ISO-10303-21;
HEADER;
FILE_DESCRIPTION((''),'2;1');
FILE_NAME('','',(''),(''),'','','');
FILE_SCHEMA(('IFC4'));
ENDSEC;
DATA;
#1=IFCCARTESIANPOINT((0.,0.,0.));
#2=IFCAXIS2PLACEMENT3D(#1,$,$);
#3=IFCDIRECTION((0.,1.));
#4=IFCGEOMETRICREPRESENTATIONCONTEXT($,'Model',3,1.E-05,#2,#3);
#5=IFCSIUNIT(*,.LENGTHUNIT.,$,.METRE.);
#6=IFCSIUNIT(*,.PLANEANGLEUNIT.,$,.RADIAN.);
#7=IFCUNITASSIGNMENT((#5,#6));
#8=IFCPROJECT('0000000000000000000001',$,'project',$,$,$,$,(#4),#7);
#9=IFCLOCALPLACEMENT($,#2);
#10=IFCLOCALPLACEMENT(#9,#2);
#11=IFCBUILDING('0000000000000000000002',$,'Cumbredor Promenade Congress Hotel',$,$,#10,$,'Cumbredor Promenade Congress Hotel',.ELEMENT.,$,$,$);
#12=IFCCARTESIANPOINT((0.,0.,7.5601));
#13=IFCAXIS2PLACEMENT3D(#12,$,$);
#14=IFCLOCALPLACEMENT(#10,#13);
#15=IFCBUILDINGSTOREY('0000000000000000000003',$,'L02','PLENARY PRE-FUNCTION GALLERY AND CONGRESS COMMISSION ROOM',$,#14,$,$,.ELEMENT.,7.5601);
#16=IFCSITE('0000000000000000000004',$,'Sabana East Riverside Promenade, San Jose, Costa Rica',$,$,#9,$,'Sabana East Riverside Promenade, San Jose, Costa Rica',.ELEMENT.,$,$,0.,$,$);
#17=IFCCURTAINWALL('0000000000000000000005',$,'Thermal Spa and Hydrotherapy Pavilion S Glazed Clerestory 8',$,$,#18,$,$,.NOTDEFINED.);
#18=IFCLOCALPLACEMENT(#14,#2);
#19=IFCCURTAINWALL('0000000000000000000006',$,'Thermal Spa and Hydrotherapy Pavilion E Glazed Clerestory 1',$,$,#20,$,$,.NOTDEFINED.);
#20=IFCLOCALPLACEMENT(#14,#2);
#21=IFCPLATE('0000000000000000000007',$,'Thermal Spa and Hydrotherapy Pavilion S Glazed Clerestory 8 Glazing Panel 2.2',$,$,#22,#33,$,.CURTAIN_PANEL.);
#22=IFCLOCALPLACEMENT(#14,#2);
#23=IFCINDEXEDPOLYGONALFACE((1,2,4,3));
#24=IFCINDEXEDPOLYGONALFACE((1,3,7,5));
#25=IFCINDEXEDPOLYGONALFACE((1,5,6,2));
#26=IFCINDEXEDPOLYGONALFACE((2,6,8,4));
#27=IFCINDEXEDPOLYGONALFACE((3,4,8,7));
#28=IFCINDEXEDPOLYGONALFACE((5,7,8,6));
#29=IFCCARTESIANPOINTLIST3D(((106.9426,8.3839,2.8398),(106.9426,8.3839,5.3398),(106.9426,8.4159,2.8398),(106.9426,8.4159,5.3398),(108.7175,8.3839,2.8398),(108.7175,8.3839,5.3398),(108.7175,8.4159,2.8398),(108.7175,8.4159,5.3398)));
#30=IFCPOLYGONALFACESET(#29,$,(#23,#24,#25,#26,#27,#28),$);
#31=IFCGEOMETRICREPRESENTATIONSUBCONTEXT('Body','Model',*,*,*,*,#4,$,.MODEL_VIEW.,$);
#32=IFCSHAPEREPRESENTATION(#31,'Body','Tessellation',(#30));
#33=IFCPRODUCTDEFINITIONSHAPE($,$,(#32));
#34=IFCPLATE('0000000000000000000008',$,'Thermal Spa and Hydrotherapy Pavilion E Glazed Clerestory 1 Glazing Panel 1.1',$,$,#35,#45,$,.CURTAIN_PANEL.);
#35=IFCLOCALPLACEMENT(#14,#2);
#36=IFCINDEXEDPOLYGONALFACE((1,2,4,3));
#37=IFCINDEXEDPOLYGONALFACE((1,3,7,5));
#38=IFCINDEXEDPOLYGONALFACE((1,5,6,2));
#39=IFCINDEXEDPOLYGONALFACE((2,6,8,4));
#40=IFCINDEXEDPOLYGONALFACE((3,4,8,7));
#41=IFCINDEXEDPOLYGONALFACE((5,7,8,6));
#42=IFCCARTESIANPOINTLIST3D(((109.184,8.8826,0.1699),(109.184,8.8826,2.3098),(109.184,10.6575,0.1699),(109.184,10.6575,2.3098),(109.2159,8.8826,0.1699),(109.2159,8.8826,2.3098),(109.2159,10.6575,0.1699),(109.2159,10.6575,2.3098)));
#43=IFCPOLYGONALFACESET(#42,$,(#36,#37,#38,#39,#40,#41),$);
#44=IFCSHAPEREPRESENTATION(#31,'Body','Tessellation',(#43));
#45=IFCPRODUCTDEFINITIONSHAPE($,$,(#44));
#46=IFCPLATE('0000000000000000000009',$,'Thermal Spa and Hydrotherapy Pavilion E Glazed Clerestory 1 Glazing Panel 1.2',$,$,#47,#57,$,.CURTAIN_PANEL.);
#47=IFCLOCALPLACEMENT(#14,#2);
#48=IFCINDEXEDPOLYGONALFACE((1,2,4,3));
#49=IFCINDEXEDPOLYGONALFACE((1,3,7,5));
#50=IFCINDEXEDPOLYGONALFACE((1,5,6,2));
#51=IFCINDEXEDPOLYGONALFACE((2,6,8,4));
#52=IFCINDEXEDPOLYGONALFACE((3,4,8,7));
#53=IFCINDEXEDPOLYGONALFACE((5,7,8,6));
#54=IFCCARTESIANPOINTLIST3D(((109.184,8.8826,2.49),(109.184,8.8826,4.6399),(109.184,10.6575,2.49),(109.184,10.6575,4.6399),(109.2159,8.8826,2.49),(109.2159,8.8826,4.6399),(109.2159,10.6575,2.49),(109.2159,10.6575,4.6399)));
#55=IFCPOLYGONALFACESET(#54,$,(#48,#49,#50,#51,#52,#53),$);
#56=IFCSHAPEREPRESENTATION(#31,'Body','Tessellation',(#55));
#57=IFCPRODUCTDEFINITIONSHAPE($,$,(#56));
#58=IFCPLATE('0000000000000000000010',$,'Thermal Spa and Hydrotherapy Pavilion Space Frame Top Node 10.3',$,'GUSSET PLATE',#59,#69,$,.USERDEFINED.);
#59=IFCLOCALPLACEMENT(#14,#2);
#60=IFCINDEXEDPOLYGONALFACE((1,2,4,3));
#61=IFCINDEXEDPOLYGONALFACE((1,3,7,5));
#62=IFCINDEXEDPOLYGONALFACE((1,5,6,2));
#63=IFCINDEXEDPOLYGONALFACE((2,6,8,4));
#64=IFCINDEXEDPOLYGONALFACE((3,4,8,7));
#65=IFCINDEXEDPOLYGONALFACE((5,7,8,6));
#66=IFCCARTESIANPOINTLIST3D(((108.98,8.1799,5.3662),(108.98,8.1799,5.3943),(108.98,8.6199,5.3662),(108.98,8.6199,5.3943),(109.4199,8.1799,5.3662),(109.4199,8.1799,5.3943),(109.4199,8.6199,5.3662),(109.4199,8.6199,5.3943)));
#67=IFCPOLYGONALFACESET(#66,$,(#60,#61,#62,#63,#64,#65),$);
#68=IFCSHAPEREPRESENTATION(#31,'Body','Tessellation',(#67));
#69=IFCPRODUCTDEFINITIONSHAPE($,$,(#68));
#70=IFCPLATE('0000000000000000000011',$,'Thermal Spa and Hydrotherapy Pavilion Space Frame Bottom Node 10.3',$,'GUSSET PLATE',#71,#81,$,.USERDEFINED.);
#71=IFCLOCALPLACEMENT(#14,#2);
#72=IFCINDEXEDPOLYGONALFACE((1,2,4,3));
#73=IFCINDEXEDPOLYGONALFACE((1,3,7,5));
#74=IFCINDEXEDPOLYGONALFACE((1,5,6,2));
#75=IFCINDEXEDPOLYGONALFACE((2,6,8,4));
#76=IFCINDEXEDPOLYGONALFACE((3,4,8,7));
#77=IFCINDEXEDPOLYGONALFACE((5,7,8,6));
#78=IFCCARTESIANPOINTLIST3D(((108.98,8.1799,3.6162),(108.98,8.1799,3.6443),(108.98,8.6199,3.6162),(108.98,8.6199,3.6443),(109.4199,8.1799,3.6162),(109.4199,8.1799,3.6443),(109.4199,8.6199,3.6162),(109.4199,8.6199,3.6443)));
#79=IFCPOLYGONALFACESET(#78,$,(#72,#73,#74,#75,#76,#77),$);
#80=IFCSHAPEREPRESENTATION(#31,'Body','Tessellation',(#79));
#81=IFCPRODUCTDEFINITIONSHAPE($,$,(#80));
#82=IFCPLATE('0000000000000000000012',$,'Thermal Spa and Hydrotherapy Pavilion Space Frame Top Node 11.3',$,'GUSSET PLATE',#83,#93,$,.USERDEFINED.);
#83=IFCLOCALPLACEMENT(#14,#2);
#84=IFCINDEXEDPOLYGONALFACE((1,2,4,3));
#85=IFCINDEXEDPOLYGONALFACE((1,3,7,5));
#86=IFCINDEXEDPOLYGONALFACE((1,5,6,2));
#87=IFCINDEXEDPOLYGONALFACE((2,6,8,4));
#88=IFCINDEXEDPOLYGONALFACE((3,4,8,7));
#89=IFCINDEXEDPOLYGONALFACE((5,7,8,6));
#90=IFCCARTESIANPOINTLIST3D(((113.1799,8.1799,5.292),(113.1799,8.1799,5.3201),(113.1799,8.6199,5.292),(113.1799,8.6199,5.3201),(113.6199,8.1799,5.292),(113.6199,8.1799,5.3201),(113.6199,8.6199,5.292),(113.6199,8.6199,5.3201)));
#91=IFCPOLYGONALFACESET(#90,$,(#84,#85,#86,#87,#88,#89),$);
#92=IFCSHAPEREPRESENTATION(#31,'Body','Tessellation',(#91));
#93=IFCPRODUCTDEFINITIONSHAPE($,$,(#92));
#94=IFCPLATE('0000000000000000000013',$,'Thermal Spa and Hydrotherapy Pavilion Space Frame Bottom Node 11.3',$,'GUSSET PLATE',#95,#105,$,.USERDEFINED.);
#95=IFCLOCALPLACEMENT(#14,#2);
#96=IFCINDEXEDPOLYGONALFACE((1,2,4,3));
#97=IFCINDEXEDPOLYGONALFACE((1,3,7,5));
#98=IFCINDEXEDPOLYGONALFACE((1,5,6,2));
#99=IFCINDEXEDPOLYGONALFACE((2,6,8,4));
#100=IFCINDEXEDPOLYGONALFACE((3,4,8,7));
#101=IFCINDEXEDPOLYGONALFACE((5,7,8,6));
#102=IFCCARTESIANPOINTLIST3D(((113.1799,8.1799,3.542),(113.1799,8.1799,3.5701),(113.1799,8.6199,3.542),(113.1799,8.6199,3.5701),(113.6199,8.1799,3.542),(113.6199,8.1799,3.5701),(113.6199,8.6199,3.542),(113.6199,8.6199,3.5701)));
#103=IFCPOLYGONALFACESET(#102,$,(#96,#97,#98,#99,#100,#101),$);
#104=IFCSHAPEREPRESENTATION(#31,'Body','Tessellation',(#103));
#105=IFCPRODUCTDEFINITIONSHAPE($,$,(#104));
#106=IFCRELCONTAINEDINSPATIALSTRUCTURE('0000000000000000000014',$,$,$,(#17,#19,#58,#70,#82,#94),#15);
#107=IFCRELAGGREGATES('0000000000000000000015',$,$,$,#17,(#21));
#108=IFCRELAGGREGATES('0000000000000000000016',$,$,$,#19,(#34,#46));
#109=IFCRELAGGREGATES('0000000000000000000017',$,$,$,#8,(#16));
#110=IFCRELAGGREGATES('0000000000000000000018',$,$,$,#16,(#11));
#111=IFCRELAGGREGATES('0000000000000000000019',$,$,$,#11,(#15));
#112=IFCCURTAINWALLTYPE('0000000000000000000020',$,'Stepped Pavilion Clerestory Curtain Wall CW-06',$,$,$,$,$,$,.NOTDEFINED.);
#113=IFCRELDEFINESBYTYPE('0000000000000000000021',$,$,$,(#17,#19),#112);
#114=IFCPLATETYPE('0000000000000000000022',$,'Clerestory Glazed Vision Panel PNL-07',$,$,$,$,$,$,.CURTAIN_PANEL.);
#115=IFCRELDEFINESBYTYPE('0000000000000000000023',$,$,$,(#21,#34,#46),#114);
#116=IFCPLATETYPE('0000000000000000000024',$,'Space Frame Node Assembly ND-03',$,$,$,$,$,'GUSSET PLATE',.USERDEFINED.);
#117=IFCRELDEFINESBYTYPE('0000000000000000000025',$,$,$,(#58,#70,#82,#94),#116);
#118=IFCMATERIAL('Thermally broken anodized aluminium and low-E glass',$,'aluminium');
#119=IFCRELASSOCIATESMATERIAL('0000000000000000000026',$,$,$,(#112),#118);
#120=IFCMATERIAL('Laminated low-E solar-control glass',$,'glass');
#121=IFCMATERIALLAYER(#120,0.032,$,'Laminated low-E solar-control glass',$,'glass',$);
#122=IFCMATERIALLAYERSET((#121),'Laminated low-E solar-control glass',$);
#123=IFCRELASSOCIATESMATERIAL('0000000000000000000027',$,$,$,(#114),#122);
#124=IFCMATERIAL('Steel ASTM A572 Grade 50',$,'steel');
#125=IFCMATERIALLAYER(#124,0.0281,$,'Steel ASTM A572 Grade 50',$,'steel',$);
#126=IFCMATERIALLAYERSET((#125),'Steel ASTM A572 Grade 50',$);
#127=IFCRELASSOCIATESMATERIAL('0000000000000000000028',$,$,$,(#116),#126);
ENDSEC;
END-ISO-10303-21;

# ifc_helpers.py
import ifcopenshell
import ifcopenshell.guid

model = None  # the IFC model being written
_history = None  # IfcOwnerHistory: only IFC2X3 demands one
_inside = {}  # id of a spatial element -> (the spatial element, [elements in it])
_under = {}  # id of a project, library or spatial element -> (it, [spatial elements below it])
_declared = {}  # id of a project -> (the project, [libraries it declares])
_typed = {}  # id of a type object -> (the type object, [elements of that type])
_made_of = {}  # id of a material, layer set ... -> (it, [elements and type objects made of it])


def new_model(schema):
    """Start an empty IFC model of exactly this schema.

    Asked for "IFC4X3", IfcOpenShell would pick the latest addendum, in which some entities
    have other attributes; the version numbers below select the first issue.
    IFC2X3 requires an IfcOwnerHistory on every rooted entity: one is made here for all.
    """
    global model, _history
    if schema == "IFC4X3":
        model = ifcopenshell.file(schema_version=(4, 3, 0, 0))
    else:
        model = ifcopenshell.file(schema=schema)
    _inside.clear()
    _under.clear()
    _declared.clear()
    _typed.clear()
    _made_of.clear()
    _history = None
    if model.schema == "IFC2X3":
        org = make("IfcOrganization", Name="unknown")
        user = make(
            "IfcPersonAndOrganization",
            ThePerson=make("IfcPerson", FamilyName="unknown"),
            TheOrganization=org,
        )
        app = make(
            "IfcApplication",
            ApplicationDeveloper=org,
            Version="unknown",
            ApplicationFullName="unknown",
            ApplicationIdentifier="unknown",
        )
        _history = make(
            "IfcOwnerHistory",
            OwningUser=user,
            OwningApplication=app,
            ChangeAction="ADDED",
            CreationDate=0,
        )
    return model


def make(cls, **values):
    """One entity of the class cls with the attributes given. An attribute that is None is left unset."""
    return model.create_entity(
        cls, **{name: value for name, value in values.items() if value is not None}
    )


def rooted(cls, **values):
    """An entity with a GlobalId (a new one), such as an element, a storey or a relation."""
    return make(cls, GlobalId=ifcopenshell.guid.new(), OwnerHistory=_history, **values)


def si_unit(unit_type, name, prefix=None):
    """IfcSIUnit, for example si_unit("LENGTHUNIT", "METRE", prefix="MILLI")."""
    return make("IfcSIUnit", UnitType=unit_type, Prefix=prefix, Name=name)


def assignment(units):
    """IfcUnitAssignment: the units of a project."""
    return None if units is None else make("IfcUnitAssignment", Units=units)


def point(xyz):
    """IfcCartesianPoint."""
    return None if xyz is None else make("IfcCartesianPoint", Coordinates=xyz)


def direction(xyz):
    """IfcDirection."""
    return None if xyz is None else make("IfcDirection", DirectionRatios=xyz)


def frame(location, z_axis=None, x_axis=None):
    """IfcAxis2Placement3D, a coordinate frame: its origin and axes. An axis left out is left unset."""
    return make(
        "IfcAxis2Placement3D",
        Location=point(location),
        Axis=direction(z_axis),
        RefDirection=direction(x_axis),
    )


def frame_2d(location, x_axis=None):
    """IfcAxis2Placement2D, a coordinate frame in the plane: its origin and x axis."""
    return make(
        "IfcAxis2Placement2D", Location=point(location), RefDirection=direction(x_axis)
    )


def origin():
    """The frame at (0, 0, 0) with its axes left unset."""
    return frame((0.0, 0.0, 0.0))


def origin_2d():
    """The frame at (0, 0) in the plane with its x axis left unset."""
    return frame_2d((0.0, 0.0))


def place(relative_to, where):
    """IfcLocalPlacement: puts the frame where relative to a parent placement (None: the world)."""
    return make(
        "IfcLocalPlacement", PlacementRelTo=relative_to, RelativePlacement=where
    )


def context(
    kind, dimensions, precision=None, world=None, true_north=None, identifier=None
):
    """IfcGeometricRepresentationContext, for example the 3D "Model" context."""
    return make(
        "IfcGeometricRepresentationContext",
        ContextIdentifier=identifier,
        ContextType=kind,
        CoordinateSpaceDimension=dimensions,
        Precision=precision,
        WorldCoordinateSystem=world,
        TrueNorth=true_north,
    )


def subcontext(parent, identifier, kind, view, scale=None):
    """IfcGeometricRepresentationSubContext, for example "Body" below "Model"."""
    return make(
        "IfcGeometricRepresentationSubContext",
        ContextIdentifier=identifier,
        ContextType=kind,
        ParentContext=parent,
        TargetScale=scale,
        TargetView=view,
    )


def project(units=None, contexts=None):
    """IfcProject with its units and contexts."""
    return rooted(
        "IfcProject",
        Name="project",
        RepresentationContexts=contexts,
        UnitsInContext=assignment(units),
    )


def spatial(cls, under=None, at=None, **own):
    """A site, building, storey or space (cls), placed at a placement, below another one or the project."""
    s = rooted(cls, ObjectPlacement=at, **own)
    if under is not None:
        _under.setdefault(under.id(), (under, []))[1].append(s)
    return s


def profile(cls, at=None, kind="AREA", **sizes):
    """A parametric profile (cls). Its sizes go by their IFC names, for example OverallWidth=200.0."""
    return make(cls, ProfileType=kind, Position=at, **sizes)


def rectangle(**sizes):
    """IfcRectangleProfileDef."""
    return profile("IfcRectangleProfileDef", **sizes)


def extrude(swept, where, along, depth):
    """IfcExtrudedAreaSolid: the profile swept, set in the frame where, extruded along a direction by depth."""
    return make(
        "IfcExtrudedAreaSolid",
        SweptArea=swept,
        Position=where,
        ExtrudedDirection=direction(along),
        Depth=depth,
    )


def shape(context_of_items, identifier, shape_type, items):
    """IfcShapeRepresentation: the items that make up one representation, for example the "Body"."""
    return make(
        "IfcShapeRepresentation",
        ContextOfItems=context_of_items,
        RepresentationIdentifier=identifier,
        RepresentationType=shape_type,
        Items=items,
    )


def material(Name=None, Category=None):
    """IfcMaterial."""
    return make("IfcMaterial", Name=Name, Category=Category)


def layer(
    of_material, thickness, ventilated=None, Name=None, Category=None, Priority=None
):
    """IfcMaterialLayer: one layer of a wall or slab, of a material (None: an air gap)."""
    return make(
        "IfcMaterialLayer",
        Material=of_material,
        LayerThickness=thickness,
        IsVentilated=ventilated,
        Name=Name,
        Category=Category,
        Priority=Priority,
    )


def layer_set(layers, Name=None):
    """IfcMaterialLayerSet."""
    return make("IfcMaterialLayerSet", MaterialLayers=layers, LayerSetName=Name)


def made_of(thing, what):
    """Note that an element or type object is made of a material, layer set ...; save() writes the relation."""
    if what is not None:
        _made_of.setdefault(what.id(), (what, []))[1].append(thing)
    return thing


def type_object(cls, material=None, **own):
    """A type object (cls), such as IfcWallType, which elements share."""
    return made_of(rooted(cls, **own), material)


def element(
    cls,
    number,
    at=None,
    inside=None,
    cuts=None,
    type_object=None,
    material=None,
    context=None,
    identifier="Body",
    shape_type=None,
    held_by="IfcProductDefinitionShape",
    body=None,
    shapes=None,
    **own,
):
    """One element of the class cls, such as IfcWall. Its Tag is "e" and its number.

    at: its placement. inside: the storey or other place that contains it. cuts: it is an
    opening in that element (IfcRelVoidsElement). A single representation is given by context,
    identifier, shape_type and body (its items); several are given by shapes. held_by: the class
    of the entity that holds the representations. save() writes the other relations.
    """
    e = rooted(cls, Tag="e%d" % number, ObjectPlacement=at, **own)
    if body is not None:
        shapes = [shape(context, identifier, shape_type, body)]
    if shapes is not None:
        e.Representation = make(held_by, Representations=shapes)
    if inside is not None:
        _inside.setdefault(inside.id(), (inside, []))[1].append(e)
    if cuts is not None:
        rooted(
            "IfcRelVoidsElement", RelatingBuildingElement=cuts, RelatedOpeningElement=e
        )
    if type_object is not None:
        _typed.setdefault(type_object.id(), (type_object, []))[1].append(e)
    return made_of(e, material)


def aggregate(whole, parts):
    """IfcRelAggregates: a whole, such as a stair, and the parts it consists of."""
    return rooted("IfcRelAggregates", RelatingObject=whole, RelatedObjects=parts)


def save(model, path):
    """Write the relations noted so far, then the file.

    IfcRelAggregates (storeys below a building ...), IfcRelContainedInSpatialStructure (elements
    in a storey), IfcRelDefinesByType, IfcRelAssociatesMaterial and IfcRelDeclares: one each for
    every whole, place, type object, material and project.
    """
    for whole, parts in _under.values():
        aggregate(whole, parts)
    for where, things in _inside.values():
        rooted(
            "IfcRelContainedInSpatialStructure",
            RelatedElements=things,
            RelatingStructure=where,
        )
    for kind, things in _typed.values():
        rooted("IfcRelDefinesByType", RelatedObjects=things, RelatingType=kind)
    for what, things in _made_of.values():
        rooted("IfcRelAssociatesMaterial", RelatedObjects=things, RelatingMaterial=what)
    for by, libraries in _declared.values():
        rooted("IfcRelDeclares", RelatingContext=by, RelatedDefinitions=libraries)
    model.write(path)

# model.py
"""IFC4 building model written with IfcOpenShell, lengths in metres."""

from ifc_helpers import new_model, si_unit, direction, frame, origin, origin_2d, place, context, subcontext, project, spatial, rectangle, extrude, material, layer, layer_set, type_object, element, aggregate, save


model = new_model("IFC4")

# Units and contexts
model_context = context("Model", 3, precision=1e-05, world=origin(), true_north=direction((0.0, 1.0)))
body_context = subcontext(model_context, "Body", "Model", "MODEL_VIEW")
ifc_project = project(units=[si_unit("LENGTHUNIT", "METRE"), si_unit("PLANEANGLEUNIT", "RADIAN")], contexts=[model_context])

# Site, building, storey
site_placement = place(None, origin())
site = spatial("IfcSite", under=ifc_project, at=site_placement, Name="Sabana East Riverside Promenade, San Jose, Costa Rica", LongName="Sabana East Riverside Promenade, San Jose, Costa Rica", CompositionType="ELEMENT", RefElevation=0.0)
building_placement = place(site_placement, origin())
building = spatial("IfcBuilding", under=site, at=building_placement, Name="Cumbredor Promenade Congress Hotel", LongName="Cumbredor Promenade Congress Hotel", CompositionType="ELEMENT")
storey_placement = place(building_placement, frame((0.0, 0.0, 7.5601)))
storey = spatial("IfcBuildingStorey", under=building, at=storey_placement, Name="L02", Description="PLENARY PRE-FUNCTION GALLERY AND CONGRESS COMMISSION ROOM", CompositionType="ELEMENT", Elevation=7.5601)

# Curtain walls
ifc_material_1 = material(Name="Thermally broken anodized aluminium and low-E glass", Category="aluminium")
curtain_wall_type = type_object("IfcCurtainWallType", Name="Stepped Pavilion Clerestory Curtain Wall CW-06", PredefinedType="NOTDEFINED", material=ifc_material_1)
curtain_wall_1_placement = place(storey_placement, origin())
curtain_wall_1 = element("IfcCurtainWall", 1, at=curtain_wall_1_placement, inside=storey, type_object=curtain_wall_type, Name="Thermal Spa and Hydrotherapy Pavilion S Glazed Clerestory 8", PredefinedType="NOTDEFINED")
curtain_wall_2_placement = place(storey_placement, origin())
curtain_wall_2 = element("IfcCurtainWall", 2, at=curtain_wall_2_placement, inside=storey, type_object=curtain_wall_type, Name="Thermal Spa and Hydrotherapy Pavilion E Glazed Clerestory 1", PredefinedType="NOTDEFINED")

# Plates
ifc_material_2 = material(Name="Laminated low-E solar-control glass", Category="glass")
ifc_layer_1 = layer(ifc_material_2, 0.032, Name="Laminated low-E solar-control glass", Category="glass")
ifc_layer_set_1 = layer_set([ifc_layer_1], Name="Laminated low-E solar-control glass")
plate_type_1 = type_object("IfcPlateType", Name="Clerestory Glazed Vision Panel PNL-07", PredefinedType="CURTAIN_PANEL", material=ifc_layer_set_1)
plate_1_placement = place(storey_placement, frame((107.8301, 8.3999, 2.8398), z_axis=(0.0, 0.0, 1.0), x_axis=(1.0, 0.0, 0.0)))
plate_1 = element("IfcPlate", 3, at=plate_1_placement, type_object=plate_type_1, Name="Thermal Spa and Hydrotherapy Pavilion S Glazed Clerestory 8 Glazing Panel 2.2", PredefinedType="CURTAIN_PANEL", context=body_context, shape_type="SweptSolid", body=[
    extrude(rectangle(XDim=1.7749, YDim=0.032, at=origin_2d()), origin(), (0.0, 0.0, 1.0), 2.5),
])
aggregate(curtain_wall_1, [plate_1])
plate_2_placement = place(storey_placement, frame((109.2, 9.77, 0.1699), z_axis=(0.0, 0.0, 1.0), x_axis=(0.0, 1.0, 0.0)))
plate_2 = element("IfcPlate", 4, at=plate_2_placement, type_object=plate_type_1, Name="Thermal Spa and Hydrotherapy Pavilion E Glazed Clerestory 1 Glazing Panel 1.1", PredefinedType="CURTAIN_PANEL", context=body_context, shape_type="SweptSolid", body=[
    extrude(rectangle(XDim=1.7749, YDim=0.032, at=origin_2d()), origin(), (0.0, 0.0, 1.0), 2.1399),
])
plate_3_placement = place(storey_placement, frame((109.2, 9.77, 2.49), z_axis=(0.0, 0.0, 1.0), x_axis=(0.0, 1.0, 0.0)))
plate_3 = element("IfcPlate", 5, at=plate_3_placement, type_object=plate_type_1, Name="Thermal Spa and Hydrotherapy Pavilion E Glazed Clerestory 1 Glazing Panel 1.2", PredefinedType="CURTAIN_PANEL", context=body_context, shape_type="SweptSolid", body=[
    extrude(rectangle(XDim=1.7749, YDim=0.032, at=origin_2d()), origin(), (0.0, 0.0, 1.0), 2.1499),
])
aggregate(curtain_wall_2, [plate_2, plate_3])

# Plates
ifc_material_3 = material(Name="Steel ASTM A572 Grade 50", Category="steel")
ifc_layer_2 = layer(ifc_material_3, 0.0281, Name="Steel ASTM A572 Grade 50", Category="steel")
ifc_layer_set_2 = layer_set([ifc_layer_2], Name="Steel ASTM A572 Grade 50")
plate_type_2 = type_object("IfcPlateType", Name="Space Frame Node Assembly ND-03", ElementType="GUSSET PLATE", PredefinedType="USERDEFINED", material=ifc_layer_set_2)
for number, where, z_axis, x_axis, name in (
    (6, (109.2, 8.3999, 5.3662), (0.0, 0.0, 1.0), (1.0, 0.0, 0.0), "Thermal Spa and Hydrotherapy Pavilion Space Frame Top Node 10.3"),
    (7, (109.2, 8.3999, 3.6162), (0.0, 0.0, 1.0), (1.0, 0.0, 0.0), "Thermal Spa and Hydrotherapy Pavilion Space Frame Bottom Node 10.3"),
    (8, (113.3999, 8.3999, 5.292), (0.0, 0.0, 1.0), (1.0, 0.0, 0.0), "Thermal Spa and Hydrotherapy Pavilion Space Frame Top Node 11.3"),
    (9, (113.3999, 8.3999, 3.542), (0.0, 0.0, 1.0), (1.0, 0.0, 0.0), "Thermal Spa and Hydrotherapy Pavilion Space Frame Bottom Node 11.3"),
):
    element("IfcPlate", number, at=place(storey_placement, frame(where, z_axis=z_axis, x_axis=x_axis)), inside=storey, type_object=plate_type_2, Name=name, ObjectType="GUSSET PLATE", PredefinedType="USERDEFINED", context=body_context, shape_type="SweptSolid", body=[
        extrude(rectangle(XDim=0.4399, YDim=0.4399, at=origin_2d()), origin(), (0.0, 0.0, 1.0), 0.0281),
    ])

save(model, "model.ifc")
